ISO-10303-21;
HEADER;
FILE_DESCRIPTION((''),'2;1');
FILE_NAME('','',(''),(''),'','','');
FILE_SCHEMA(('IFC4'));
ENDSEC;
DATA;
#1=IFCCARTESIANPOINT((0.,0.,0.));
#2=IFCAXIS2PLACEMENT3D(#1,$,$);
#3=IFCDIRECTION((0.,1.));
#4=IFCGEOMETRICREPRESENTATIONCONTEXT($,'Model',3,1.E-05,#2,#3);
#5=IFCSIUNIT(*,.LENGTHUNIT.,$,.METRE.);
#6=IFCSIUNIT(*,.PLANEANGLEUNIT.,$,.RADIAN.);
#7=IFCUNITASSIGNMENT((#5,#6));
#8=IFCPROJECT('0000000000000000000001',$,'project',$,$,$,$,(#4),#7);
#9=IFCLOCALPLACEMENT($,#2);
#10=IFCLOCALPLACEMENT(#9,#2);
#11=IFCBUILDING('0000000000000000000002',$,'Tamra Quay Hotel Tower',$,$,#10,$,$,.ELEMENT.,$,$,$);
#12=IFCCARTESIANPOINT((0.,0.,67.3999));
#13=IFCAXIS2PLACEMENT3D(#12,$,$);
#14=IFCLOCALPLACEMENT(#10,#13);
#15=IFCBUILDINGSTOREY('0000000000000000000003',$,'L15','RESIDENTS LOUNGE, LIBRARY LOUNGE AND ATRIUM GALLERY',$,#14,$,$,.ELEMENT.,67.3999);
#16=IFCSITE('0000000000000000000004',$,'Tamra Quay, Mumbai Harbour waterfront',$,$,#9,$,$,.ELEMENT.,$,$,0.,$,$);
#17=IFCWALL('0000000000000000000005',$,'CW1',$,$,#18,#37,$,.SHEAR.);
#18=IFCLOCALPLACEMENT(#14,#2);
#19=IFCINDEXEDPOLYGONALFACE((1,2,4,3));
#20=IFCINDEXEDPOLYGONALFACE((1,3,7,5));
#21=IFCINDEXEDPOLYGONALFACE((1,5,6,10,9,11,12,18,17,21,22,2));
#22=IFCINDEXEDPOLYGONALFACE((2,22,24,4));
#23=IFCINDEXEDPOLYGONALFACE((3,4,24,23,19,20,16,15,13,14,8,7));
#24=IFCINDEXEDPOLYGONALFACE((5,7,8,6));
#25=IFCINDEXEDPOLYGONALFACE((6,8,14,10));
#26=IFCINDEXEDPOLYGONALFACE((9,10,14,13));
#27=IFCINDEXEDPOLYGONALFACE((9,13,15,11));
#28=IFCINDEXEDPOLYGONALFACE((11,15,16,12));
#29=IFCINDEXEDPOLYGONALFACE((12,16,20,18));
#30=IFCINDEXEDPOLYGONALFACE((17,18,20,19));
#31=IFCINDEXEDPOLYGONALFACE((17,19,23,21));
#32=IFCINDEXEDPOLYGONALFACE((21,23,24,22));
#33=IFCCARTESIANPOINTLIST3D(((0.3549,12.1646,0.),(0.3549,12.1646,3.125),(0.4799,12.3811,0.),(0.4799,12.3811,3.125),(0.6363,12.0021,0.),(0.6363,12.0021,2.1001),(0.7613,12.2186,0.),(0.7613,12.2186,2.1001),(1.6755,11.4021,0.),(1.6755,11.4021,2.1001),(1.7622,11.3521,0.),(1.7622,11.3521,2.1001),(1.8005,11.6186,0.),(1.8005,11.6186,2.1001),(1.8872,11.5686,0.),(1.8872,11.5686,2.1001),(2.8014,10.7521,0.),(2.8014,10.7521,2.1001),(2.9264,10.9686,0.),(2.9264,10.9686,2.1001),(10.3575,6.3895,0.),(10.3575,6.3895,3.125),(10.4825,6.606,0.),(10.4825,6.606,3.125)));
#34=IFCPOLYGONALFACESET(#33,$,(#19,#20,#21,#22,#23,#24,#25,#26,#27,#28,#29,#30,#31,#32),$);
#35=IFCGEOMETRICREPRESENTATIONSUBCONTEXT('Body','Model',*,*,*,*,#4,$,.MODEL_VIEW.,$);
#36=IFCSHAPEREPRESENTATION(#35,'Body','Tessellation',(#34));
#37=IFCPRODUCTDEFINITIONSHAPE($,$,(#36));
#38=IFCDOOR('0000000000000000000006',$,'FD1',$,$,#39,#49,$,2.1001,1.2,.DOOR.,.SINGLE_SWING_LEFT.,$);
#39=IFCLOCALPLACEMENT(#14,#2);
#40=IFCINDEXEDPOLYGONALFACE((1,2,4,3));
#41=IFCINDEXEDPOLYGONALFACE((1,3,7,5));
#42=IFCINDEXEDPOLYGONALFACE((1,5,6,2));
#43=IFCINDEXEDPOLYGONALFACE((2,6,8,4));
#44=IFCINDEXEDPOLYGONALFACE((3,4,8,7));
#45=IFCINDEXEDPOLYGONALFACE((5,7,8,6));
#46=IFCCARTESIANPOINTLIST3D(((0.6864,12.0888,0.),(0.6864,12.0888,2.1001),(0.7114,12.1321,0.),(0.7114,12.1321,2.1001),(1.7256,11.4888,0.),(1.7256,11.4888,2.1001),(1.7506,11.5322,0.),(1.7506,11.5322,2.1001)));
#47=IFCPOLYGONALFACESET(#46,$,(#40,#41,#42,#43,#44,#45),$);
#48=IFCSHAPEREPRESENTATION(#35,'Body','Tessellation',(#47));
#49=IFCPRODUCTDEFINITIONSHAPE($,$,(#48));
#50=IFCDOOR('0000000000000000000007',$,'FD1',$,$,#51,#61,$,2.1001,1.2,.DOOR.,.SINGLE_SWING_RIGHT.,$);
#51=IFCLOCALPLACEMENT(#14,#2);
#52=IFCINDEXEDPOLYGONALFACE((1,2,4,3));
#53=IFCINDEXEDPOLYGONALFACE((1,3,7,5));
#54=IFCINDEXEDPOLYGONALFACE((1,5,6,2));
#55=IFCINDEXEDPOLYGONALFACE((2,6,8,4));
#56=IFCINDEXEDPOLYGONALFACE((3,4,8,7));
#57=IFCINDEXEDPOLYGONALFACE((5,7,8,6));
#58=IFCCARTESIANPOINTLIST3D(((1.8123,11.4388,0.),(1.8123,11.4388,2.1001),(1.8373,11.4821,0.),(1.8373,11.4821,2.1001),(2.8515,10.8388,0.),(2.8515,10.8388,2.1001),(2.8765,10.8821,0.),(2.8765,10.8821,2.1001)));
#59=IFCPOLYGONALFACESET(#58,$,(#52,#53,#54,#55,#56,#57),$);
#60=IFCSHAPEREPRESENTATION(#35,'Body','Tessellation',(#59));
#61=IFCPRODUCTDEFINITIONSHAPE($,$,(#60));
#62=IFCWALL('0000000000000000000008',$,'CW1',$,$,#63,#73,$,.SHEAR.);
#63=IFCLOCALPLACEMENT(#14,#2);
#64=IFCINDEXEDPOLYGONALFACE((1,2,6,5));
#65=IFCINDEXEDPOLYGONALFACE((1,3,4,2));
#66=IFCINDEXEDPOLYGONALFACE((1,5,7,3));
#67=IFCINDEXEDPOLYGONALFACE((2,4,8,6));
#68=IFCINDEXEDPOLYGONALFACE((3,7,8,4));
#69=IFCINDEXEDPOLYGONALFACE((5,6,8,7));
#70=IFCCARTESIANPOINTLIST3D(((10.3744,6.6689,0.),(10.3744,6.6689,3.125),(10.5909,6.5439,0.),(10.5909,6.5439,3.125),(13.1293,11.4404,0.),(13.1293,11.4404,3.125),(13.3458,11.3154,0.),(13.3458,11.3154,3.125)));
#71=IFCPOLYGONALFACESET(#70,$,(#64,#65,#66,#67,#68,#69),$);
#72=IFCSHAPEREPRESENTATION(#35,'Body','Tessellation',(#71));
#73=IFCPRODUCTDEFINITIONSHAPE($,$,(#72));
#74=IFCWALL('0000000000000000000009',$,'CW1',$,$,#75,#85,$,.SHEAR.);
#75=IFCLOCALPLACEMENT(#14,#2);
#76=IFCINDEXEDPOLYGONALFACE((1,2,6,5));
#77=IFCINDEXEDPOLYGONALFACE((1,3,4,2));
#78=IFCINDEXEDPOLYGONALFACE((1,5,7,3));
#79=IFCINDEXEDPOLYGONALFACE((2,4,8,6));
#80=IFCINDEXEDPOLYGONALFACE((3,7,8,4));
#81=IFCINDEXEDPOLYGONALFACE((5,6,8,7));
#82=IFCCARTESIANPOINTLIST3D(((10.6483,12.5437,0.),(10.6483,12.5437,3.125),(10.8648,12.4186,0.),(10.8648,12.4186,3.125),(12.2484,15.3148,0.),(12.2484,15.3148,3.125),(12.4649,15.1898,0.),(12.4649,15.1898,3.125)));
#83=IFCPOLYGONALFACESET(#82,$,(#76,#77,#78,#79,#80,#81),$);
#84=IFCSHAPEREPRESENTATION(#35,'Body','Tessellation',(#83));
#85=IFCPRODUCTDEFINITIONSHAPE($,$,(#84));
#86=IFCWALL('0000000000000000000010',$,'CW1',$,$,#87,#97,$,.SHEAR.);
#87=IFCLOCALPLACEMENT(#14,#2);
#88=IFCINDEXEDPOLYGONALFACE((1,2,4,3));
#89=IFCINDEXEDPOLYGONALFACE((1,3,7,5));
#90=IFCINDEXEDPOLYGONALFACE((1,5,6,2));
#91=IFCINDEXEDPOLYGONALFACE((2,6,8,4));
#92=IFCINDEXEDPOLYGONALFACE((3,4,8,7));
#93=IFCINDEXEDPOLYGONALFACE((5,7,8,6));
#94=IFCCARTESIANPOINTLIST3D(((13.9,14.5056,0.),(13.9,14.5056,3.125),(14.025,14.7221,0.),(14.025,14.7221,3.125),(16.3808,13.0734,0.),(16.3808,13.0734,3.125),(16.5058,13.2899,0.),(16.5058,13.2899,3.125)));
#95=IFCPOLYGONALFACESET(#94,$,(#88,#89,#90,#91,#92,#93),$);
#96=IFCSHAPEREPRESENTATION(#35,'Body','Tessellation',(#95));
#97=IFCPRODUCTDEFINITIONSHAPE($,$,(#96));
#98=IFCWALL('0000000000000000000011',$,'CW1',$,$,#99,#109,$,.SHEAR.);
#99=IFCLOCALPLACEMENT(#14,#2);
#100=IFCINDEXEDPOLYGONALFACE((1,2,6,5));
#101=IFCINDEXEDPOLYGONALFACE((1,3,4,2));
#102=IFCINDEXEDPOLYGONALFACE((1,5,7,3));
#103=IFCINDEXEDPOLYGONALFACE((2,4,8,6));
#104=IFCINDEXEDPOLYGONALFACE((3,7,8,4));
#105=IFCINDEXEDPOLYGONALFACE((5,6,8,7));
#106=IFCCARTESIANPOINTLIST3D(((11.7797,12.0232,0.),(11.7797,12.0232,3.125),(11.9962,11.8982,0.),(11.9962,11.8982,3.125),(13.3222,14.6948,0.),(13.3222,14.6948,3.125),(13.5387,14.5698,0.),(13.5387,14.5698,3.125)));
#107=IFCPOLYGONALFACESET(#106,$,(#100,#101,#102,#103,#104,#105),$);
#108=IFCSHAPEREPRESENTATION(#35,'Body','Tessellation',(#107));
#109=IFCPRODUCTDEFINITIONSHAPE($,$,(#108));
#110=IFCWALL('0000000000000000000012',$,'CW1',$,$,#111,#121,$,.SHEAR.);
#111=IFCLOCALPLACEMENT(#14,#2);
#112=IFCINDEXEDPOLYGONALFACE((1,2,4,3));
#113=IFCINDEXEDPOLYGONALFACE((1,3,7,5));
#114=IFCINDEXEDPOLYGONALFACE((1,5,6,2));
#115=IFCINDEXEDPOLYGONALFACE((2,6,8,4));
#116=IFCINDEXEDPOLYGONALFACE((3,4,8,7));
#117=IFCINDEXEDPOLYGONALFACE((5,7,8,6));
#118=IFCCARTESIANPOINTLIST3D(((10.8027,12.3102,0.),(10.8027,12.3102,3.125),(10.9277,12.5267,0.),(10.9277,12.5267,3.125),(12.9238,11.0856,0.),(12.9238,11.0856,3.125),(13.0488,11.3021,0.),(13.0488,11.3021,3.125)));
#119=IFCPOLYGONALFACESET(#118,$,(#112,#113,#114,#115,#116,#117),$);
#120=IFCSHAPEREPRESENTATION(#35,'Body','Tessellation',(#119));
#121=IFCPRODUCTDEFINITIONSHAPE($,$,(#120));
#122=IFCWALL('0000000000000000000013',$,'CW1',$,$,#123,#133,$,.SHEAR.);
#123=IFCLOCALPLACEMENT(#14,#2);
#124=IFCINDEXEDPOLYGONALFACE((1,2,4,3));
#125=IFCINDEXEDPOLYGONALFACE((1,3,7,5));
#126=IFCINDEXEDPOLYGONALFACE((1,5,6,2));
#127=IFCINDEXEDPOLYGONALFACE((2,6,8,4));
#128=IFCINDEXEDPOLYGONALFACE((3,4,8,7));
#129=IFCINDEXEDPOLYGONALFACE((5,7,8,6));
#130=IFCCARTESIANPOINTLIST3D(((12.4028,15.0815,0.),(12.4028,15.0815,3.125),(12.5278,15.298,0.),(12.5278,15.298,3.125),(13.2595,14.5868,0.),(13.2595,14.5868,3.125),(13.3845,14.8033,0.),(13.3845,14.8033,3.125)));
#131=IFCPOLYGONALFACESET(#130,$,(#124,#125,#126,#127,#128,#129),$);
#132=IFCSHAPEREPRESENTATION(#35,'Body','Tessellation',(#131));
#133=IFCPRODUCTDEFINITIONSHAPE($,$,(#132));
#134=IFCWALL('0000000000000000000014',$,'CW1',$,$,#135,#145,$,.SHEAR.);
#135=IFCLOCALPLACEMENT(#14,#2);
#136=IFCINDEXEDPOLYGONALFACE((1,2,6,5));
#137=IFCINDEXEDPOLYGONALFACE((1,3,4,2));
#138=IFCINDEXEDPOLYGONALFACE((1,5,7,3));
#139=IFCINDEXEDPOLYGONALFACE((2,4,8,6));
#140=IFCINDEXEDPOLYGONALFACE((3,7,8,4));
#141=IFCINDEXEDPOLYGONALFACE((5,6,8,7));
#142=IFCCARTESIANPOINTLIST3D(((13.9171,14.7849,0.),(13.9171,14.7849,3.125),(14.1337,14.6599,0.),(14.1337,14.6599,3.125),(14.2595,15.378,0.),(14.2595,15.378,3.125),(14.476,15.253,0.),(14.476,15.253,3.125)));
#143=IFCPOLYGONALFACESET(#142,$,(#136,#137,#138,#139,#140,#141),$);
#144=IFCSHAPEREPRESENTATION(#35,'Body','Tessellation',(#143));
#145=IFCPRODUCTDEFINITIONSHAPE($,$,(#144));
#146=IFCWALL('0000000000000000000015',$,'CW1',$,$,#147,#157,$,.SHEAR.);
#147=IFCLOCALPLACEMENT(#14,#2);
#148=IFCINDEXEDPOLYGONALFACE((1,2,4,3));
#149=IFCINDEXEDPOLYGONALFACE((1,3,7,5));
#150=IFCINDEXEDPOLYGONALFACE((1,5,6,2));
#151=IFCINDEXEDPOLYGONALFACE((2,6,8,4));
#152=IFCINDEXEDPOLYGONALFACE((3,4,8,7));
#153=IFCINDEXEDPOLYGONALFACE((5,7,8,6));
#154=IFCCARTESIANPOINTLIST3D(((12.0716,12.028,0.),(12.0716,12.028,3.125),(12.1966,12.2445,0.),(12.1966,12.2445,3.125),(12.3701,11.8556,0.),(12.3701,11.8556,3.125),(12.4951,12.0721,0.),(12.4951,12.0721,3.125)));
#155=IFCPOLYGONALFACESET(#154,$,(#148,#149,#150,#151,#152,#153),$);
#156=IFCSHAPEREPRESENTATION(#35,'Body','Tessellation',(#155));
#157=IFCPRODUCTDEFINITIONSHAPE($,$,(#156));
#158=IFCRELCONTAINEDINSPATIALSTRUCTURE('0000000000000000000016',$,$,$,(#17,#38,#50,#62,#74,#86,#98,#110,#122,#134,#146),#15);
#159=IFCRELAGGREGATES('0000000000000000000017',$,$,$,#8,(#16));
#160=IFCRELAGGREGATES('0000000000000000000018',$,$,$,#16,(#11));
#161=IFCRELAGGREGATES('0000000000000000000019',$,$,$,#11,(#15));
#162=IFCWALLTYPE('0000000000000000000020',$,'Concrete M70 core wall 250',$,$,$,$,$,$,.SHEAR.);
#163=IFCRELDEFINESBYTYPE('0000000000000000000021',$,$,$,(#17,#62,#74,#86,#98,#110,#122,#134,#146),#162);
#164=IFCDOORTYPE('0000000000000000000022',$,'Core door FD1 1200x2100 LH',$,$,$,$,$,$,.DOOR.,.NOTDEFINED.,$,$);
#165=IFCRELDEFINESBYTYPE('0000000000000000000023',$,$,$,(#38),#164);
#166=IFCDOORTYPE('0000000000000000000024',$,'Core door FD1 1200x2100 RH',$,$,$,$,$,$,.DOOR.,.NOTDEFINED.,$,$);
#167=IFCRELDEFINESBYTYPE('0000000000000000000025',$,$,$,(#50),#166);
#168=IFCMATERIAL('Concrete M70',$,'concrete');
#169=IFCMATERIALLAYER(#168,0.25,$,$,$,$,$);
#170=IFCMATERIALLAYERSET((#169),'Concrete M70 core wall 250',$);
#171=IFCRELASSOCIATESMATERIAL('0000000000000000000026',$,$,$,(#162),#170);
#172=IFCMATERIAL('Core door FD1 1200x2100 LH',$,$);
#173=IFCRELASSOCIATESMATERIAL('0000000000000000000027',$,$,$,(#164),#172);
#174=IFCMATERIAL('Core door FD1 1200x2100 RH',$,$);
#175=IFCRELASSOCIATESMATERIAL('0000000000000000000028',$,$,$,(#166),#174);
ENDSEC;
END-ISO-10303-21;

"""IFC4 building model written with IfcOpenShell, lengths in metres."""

from ifc_helpers import new_model, si_unit, direction, frame, frame_2d, origin, place, context, subcontext, project, spatial, rectangle, extrude, material, layer, layer_set, type_object, element, fill, save


model = new_model("IFC4")

# Units and contexts
model_context = context("Model", 3, precision=1e-05, world=origin(), true_north=direction((0.0, 1.0)))
body_context = subcontext(model_context, "Body", "Model", "MODEL_VIEW")
ifc_project = project(units=[si_unit("LENGTHUNIT", "METRE"), si_unit("PLANEANGLEUNIT", "RADIAN")], contexts=[model_context])

# Site, building, storey
site_placement = place(None, origin())
site = spatial("IfcSite", under=ifc_project, at=site_placement, Name="Tamra Quay, Mumbai Harbour waterfront", CompositionType="ELEMENT", RefElevation=0.0)
building_placement = place(site_placement, origin())
building = spatial("IfcBuilding", under=site, at=building_placement, Name="Tamra Quay Hotel Tower", CompositionType="ELEMENT")
storey_placement = place(building_placement, frame((0.0, 0.0, 67.3999)))
storey = spatial("IfcBuildingStorey", under=building, at=storey_placement, Name="L15", Description="RESIDENTS LOUNGE, LIBRARY LOUNGE AND ATRIUM GALLERY", CompositionType="ELEMENT", Elevation=67.3999)

# Shared definitions
ifc_material_1 = material(Name="Concrete M70", Category="concrete")

# Wall, openings, doors
ifc_layer_1 = layer(ifc_material_1, 0.25)
ifc_layer_set_1 = layer_set([ifc_layer_1], Name="Concrete M70 core wall 250")
wall_type_1 = type_object("IfcWallType", Name="Concrete M70 core wall 250", PredefinedType="SHEAR", material=ifc_layer_set_1)
wall_1_placement = place(storey_placement, frame((10.4199, 6.4978, 0.0), z_axis=(0.0, 0.0, 1.0), x_axis=(-0.866022, 0.500006, 0.0)))
wall_1 = element("IfcWall", 1, at=wall_1_placement, inside=storey, type_object=wall_type_1, Name="CW1", PredefinedType="SHEAR", context=body_context, shape_type="SweptSolid", body=[
    extrude(rectangle(XDim=11.55, YDim=0.25, at=frame_2d((5.7749, 0.0))), origin(), (0.0, 0.0, 1.0), 3.125),
])
opening_1_placement = place(wall_1_placement, frame((10.0249, 0.0, 0.0)))
opening_1 = element("IfcOpeningElement", 2, at=opening_1_placement, cuts=wall_1, PredefinedType="OPENING", context=body_context, shape_type="SweptSolid", body=[
    extrude(rectangle(XDim=1.2, YDim=2.1001, at=frame_2d((0.6001, 1.05))), frame((0.0, 0.135, 0.0), z_axis=(0.0, -1.0, 0.0), x_axis=(1.0, 0.0, 0.0)), (0.0, 0.0, 1.0), 0.27),
])
opening_2_placement = place(wall_1_placement, frame((8.7249, 0.0, 0.0)))
opening_2 = element("IfcOpeningElement", 3, at=opening_2_placement, cuts=wall_1, PredefinedType="OPENING", context=body_context, shape_type="SweptSolid", body=[
    extrude(rectangle(XDim=1.2, YDim=2.1001, at=frame_2d((0.6001, 1.05))), frame((0.0, 0.135, 0.0), z_axis=(0.0, -1.0, 0.0), x_axis=(1.0, 0.0, 0.0)), (0.0, 0.0, 1.0), 0.27),
])
ifc_material_2 = material(Name="Core door FD1 1200x2100 LH")
door_type_1 = type_object("IfcDoorType", Name="Core door FD1 1200x2100 LH", OperationType="NOTDEFINED", PredefinedType="DOOR", material=ifc_material_2)
door_1_placement = place(opening_1_placement, origin())
door_1 = element("IfcDoor", 4, at=door_1_placement, inside=storey, type_object=door_type_1, Name="FD1", OperationType="SINGLE_SWING_LEFT", OverallHeight=2.1001, OverallWidth=1.2, PredefinedType="DOOR", context=body_context, shape_type="SweptSolid", body=[
    extrude(rectangle(XDim=1.2, YDim=2.1001, at=frame_2d((0.6001, 1.05))), frame((0.0, 0.0249, 0.0), z_axis=(0.0, -1.0, 0.0), x_axis=(1.0, 0.0, 0.0)), (0.0, 0.0, 1.0), 0.05),
])
fill(opening_1, door_1)
ifc_material_3 = material(Name="Core door FD1 1200x2100 RH")
door_type_2 = type_object("IfcDoorType", Name="Core door FD1 1200x2100 RH", OperationType="NOTDEFINED", PredefinedType="DOOR", material=ifc_material_3)
door_2_placement = place(opening_2_placement, origin())
door_2 = element("IfcDoor", 5, at=door_2_placement, inside=storey, type_object=door_type_2, Name="FD1", OperationType="SINGLE_SWING_RIGHT", OverallHeight=2.1001, OverallWidth=1.2, PredefinedType="DOOR", context=body_context, shape_type="SweptSolid", body=[
    extrude(rectangle(XDim=1.2, YDim=2.1001, at=frame_2d((0.6001, 1.05))), frame((0.0, 0.0249, 0.0), z_axis=(0.0, -1.0, 0.0), x_axis=(1.0, 0.0, 0.0)), (0.0, 0.0, 1.0), 0.05),
])
fill(opening_2, door_2)

# Walls
wall_2_placement = place(storey_placement, frame((13.2375, 11.3779, 0.0), z_axis=(0.0, 0.0, 1.0), x_axis=(-0.500009, -0.86602, 0.0)))
element("IfcWall", 6, at=wall_2_placement, inside=storey, type_object=wall_type_1, Name="CW1", PredefinedType="SHEAR", context=body_context, shape_type="SweptSolid", body=[
    extrude(rectangle(XDim=5.5098, YDim=0.25, at=frame_2d((2.7549, 0.0))), origin(), (0.0, 0.0, 1.0), 3.125),
])
wall_3_placement = place(storey_placement, frame((12.3567, 15.2524, 0.0), z_axis=(0.0, 0.0, 1.0), x_axis=(-0.500028, -0.866009, 0.0)))
element("IfcWall", 7, at=wall_3_placement, inside=storey, type_object=wall_type_1, Name="CW1", PredefinedType="SHEAR", context=body_context, shape_type="SweptSolid", body=[
    extrude(rectangle(XDim=3.2, YDim=0.25, at=frame_2d((1.6001, 0.0))), origin(), (0.0, 0.0, 1.0), 3.125),
])
wall_4_placement = place(storey_placement, frame((13.9626, 14.6138, 0.0), z_axis=(0.0, 0.0, 1.0), x_axis=(0.866042, -0.499971, 0.0)))
element("IfcWall", 8, at=wall_4_placement, inside=storey, type_object=wall_type_1, Name="CW1", PredefinedType="SHEAR", context=body_context, shape_type="SweptSolid", body=[
    extrude(rectangle(XDim=2.8645, YDim=0.25, at=frame_2d((1.4321, 0.0))), origin(), (0.0, 0.0, 1.0), 3.125),
])
wall_5_placement = place(storey_placement, frame((11.8879, 11.9607, 0.0), z_axis=(0.0, 0.0, 1.0), x_axis=(0.500003, 0.866023, 0.0)))
element("IfcWall", 9, at=wall_5_placement, inside=storey, type_object=wall_type_1, Name="CW1", PredefinedType="SHEAR", context=body_context, shape_type="SweptSolid", body=[
    extrude(rectangle(XDim=3.085, YDim=0.25, at=frame_2d((1.5425, 0.0))), origin(), (0.0, 0.0, 1.0), 3.125),
])
wall_6_placement = place(storey_placement, frame((10.8652, 12.4185, 0.0), z_axis=(0.0, 0.0, 1.0), x_axis=(0.866026, -0.499999, 0.0)))
element("IfcWall", 10, at=wall_6_placement, inside=storey, type_object=wall_type_1, Name="CW1", PredefinedType="SHEAR", context=body_context, shape_type="SweptSolid", body=[
    extrude(rectangle(XDim=2.4492, YDim=0.25, at=frame_2d((1.2246, 0.0))), origin(), (0.0, 0.0, 1.0), 3.125),
])
wall_7_placement = place(storey_placement, frame((13.322, 14.6951, 0.0), z_axis=(0.0, 0.0, 1.0), x_axis=(-0.866017, 0.500014, 0.0)))
element("IfcWall", 11, at=wall_7_placement, inside=storey, type_object=wall_type_1, Name="CW1", PredefinedType="SHEAR", context=body_context, shape_type="SweptSolid", body=[
    extrude(rectangle(XDim=0.9893, YDim=0.25, at=frame_2d((0.4946, 0.0))), origin(), (0.0, 0.0, 1.0), 3.125),
])
wall_8_placement = place(storey_placement, frame((14.3677, 15.3154, 0.0), z_axis=(0.0, 0.0, 1.0), x_axis=(-0.499897, -0.866085, 0.0)))
element("IfcWall", 12, at=wall_8_placement, inside=storey, type_object=wall_type_1, Name="CW1", PredefinedType="SHEAR", context=body_context, shape_type="SweptSolid", body=[
    extrude(rectangle(XDim=0.6848, YDim=0.25, at=frame_2d((0.3423, 0.0))), origin(), (0.0, 0.0, 1.0), 3.125),
])
wall_9_placement = place(storey_placement, frame((12.4326, 11.9639, 0.0), z_axis=(0.0, 0.0, 1.0), x_axis=(-0.866056, 0.499947, 0.0)))
element("IfcWall", 13, at=wall_9_placement, inside=storey, type_object=wall_type_1, Name="CW1", PredefinedType="SHEAR", context=body_context, shape_type="SweptSolid", body=[
    extrude(rectangle(XDim=0.3447, YDim=0.25, at=frame_2d((0.1724, 0.0))), origin(), (0.0, 0.0, 1.0), 3.125),
])

save(model, "model.ifc")
